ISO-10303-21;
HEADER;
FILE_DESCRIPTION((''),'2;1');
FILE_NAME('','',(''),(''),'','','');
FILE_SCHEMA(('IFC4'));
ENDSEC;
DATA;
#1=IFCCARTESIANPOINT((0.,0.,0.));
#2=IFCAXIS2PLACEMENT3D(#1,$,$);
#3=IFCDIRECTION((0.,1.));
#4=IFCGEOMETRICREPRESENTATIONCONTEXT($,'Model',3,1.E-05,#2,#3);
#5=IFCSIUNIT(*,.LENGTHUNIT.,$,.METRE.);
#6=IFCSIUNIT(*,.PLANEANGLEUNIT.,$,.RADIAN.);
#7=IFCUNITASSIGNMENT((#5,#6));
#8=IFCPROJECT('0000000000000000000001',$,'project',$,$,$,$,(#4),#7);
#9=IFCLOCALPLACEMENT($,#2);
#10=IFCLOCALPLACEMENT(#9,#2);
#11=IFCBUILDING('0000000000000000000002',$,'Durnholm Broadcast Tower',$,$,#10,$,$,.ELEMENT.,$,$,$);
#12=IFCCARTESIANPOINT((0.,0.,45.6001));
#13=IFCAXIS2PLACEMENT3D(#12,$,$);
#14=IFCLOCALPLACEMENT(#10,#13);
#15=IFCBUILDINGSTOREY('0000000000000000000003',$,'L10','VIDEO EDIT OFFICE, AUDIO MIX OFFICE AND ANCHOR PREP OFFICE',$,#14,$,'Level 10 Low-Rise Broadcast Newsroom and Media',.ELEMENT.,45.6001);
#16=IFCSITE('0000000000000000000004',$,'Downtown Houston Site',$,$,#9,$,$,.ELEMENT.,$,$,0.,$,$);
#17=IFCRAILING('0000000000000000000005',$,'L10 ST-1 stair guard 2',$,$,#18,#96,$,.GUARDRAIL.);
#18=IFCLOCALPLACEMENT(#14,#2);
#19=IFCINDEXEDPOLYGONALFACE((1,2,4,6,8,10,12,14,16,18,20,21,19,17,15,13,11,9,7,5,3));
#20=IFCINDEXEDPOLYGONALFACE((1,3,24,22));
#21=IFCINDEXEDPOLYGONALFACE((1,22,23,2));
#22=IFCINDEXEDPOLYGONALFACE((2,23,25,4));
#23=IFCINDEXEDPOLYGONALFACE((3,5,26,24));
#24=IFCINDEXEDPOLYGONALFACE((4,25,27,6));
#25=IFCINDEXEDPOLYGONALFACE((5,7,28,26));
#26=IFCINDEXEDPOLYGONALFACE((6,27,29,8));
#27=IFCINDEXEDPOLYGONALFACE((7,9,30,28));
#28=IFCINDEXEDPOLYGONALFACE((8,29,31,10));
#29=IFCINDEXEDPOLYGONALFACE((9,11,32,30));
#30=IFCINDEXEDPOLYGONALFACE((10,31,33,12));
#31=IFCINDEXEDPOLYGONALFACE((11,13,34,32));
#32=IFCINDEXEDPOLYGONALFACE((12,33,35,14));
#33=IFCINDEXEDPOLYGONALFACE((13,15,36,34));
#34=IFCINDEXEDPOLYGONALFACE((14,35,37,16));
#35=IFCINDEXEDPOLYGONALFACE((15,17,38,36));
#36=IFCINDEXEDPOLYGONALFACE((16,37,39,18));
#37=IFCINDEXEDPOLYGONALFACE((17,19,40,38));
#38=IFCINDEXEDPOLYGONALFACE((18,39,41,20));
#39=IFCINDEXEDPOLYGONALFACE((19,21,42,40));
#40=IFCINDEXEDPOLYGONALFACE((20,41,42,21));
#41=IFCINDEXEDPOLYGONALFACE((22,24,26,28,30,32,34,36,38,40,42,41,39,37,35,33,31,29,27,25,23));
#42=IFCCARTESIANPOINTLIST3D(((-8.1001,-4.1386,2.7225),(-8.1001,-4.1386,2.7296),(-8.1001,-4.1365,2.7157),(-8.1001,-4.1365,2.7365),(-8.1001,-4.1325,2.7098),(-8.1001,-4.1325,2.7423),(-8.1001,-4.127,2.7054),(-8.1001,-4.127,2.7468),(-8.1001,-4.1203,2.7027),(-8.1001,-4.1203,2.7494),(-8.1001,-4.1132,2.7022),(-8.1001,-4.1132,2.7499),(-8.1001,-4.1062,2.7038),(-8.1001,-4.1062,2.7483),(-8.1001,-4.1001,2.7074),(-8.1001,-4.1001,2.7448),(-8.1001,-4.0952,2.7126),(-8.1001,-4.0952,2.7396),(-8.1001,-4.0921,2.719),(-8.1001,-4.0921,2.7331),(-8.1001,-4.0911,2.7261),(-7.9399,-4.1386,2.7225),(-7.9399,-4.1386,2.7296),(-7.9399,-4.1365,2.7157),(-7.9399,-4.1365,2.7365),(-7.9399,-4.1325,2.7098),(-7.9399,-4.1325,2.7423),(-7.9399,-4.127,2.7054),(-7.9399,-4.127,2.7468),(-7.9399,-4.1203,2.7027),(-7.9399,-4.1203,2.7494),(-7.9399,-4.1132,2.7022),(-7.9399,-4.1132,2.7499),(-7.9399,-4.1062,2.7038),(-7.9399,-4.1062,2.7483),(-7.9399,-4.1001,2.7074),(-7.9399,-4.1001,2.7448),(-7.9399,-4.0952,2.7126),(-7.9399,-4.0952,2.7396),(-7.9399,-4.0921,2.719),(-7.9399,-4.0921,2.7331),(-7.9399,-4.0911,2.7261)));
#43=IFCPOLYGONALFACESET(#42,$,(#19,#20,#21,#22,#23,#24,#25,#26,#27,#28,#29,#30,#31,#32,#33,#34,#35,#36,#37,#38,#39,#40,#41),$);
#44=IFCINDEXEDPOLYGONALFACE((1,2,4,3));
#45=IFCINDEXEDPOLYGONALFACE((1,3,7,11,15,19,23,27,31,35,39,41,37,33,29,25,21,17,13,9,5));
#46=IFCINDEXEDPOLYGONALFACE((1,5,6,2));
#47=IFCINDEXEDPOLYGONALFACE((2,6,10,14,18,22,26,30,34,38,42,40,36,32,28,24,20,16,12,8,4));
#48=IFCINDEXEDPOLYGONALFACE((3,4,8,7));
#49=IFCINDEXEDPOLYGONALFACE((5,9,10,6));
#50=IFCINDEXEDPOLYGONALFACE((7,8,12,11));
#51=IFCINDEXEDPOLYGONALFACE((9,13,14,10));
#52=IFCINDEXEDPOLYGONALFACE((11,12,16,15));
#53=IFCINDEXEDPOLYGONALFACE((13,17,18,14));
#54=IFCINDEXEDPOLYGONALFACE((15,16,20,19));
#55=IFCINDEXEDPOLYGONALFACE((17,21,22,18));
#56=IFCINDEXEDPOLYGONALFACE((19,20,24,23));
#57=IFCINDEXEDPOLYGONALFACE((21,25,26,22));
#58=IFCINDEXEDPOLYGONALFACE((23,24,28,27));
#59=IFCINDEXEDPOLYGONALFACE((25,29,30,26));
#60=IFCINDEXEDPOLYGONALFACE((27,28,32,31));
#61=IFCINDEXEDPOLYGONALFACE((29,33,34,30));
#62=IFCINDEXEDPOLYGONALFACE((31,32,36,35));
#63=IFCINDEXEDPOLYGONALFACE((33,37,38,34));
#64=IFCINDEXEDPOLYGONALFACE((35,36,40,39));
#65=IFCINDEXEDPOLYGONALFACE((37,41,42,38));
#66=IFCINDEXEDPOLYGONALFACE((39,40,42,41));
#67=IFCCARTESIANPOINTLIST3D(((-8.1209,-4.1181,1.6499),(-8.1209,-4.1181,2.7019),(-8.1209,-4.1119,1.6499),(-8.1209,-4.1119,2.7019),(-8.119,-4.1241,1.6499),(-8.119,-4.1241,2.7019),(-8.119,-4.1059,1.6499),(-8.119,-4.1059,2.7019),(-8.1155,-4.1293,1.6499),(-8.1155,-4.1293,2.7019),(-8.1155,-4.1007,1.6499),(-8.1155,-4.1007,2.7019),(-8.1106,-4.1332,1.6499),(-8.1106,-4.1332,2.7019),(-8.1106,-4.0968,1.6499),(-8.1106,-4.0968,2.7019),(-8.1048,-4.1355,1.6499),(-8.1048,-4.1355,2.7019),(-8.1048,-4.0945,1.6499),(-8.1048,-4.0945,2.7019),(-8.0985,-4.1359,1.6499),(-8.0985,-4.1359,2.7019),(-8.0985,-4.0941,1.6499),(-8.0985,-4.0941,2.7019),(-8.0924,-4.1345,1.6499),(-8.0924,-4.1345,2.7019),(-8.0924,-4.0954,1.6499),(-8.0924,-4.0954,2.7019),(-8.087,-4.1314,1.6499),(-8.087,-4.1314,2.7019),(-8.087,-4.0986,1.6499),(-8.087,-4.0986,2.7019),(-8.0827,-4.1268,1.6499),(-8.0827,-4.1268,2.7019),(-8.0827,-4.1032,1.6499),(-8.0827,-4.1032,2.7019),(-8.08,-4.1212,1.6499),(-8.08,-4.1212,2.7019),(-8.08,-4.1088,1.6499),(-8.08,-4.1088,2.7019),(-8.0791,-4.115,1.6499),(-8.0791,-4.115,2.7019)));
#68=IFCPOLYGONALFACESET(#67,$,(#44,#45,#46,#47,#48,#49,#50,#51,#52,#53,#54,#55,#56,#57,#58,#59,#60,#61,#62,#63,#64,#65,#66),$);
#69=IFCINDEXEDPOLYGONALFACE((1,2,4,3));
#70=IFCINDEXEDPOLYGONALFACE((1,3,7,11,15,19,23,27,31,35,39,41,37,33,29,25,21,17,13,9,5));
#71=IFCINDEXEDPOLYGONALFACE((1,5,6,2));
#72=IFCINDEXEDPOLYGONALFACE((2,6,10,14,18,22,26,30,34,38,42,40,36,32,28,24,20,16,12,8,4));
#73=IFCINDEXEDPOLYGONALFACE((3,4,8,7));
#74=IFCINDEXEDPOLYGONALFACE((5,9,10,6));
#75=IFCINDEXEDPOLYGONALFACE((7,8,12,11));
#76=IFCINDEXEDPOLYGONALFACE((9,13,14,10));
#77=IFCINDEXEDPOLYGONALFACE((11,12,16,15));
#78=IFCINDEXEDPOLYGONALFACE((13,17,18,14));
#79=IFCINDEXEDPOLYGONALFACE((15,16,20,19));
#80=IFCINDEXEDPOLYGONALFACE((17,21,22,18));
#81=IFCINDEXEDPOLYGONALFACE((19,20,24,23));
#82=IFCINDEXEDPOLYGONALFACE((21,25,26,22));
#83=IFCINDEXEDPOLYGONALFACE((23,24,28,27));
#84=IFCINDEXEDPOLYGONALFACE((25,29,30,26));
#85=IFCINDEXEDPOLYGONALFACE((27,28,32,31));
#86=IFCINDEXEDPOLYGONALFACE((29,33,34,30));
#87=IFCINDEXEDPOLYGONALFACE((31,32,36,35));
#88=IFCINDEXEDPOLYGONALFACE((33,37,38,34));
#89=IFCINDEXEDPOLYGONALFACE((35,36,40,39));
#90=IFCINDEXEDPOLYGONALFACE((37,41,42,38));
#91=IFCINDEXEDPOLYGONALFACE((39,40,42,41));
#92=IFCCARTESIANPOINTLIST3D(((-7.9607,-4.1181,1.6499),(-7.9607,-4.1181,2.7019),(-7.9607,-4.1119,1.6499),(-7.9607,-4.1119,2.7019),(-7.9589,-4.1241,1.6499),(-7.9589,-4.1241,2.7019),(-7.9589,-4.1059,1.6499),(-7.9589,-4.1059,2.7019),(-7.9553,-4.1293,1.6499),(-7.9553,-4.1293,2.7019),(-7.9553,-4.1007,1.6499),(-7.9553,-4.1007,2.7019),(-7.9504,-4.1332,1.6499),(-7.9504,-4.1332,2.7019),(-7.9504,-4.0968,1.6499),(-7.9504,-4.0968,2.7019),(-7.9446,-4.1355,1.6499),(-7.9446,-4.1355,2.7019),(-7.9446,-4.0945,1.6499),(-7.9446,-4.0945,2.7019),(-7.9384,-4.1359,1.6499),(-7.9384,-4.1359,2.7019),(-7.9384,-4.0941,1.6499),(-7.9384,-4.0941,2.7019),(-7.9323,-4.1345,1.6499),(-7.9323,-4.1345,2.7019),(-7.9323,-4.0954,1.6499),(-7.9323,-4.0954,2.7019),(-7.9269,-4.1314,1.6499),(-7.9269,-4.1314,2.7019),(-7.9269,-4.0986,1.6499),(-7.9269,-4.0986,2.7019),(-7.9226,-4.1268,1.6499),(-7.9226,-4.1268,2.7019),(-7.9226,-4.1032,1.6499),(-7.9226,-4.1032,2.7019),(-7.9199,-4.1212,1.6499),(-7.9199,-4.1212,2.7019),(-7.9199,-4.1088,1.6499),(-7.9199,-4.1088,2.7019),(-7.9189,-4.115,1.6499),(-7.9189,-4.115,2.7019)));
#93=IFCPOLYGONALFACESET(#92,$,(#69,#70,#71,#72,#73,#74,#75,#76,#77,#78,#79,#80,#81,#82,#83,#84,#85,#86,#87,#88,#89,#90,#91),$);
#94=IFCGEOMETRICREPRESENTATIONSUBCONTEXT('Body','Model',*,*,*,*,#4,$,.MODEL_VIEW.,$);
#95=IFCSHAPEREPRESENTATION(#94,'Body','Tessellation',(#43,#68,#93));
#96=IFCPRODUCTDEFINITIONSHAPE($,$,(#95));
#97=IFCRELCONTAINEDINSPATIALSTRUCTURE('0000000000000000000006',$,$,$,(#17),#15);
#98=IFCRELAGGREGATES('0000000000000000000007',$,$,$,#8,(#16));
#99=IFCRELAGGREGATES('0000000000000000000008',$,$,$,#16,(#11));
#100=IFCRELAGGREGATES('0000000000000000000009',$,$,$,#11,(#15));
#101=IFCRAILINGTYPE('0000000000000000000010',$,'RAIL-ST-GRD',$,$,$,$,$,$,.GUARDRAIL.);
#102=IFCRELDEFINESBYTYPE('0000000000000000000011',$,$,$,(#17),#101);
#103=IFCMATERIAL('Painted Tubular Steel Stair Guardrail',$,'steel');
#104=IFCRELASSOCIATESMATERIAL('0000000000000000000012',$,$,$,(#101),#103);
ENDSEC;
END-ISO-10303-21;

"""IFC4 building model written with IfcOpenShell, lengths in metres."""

from ifc_helpers import new_model, si_unit, direction, frame, origin, origin_2d, place, context, subcontext, project, spatial, circle, extrude, material, type_object, element, save


model = new_model("IFC4")

# Units and contexts
model_context = context("Model", 3, precision=1e-05, world=origin(), true_north=direction((0.0, 1.0)))
body_context = subcontext(model_context, "Body", "Model", "MODEL_VIEW")
ifc_project = project(units=[si_unit("LENGTHUNIT", "METRE"), si_unit("PLANEANGLEUNIT", "RADIAN")], contexts=[model_context])

# Site, building, storey
site_placement = place(None, origin())
site = spatial("IfcSite", under=ifc_project, at=site_placement, Name="Downtown Houston Site", CompositionType="ELEMENT", RefElevation=0.0)
building_placement = place(site_placement, origin())
building = spatial("IfcBuilding", under=site, at=building_placement, Name="Durnholm Broadcast Tower", CompositionType="ELEMENT")
storey_placement = place(building_placement, frame((0.0, 0.0, 45.6001)))
storey = spatial("IfcBuildingStorey", under=building, at=storey_placement, Name="L10", Description="VIDEO EDIT OFFICE, AUDIO MIX OFFICE AND ANCHOR PREP OFFICE", LongName="Level 10 Low-Rise Broadcast Newsroom and Media", CompositionType="ELEMENT", Elevation=45.6001)

# Railing
ifc_material_1 = material(Name="Painted Tubular Steel Stair Guardrail", Category="steel")
railing_type_1 = type_object("IfcRailingType", Name="RAIL-ST-GRD", PredefinedType="GUARDRAIL", material=ifc_material_1)
railing_1_placement = place(storey_placement, frame((-8.1001, -4.115, 1.6499)))
element("IfcRailing", 1, at=railing_1_placement, inside=storey, type_object=railing_type_1, Name="L10 ST-1 stair guard 2", PredefinedType="GUARDRAIL", context=body_context, shape_type="SweptSolid", body=[
    extrude(circle(Radius=0.0239, at=origin_2d()), frame((0.0, 0.0, 1.0762), z_axis=(1.0, 0.0, 0.0), x_axis=(0.0, 1.0, 0.0)), (0.0, 0.0, 1.0), 0.1602),
    extrude(circle(Radius=0.021, at=origin_2d()), origin(), (0.0, 0.0, 1.0), 1.052),
    extrude(circle(Radius=0.021, at=origin_2d()), frame((0.1602, 0.0, 0.0)), (0.0, 0.0, 1.0), 1.052),
])

save(model, "model.ifc")
